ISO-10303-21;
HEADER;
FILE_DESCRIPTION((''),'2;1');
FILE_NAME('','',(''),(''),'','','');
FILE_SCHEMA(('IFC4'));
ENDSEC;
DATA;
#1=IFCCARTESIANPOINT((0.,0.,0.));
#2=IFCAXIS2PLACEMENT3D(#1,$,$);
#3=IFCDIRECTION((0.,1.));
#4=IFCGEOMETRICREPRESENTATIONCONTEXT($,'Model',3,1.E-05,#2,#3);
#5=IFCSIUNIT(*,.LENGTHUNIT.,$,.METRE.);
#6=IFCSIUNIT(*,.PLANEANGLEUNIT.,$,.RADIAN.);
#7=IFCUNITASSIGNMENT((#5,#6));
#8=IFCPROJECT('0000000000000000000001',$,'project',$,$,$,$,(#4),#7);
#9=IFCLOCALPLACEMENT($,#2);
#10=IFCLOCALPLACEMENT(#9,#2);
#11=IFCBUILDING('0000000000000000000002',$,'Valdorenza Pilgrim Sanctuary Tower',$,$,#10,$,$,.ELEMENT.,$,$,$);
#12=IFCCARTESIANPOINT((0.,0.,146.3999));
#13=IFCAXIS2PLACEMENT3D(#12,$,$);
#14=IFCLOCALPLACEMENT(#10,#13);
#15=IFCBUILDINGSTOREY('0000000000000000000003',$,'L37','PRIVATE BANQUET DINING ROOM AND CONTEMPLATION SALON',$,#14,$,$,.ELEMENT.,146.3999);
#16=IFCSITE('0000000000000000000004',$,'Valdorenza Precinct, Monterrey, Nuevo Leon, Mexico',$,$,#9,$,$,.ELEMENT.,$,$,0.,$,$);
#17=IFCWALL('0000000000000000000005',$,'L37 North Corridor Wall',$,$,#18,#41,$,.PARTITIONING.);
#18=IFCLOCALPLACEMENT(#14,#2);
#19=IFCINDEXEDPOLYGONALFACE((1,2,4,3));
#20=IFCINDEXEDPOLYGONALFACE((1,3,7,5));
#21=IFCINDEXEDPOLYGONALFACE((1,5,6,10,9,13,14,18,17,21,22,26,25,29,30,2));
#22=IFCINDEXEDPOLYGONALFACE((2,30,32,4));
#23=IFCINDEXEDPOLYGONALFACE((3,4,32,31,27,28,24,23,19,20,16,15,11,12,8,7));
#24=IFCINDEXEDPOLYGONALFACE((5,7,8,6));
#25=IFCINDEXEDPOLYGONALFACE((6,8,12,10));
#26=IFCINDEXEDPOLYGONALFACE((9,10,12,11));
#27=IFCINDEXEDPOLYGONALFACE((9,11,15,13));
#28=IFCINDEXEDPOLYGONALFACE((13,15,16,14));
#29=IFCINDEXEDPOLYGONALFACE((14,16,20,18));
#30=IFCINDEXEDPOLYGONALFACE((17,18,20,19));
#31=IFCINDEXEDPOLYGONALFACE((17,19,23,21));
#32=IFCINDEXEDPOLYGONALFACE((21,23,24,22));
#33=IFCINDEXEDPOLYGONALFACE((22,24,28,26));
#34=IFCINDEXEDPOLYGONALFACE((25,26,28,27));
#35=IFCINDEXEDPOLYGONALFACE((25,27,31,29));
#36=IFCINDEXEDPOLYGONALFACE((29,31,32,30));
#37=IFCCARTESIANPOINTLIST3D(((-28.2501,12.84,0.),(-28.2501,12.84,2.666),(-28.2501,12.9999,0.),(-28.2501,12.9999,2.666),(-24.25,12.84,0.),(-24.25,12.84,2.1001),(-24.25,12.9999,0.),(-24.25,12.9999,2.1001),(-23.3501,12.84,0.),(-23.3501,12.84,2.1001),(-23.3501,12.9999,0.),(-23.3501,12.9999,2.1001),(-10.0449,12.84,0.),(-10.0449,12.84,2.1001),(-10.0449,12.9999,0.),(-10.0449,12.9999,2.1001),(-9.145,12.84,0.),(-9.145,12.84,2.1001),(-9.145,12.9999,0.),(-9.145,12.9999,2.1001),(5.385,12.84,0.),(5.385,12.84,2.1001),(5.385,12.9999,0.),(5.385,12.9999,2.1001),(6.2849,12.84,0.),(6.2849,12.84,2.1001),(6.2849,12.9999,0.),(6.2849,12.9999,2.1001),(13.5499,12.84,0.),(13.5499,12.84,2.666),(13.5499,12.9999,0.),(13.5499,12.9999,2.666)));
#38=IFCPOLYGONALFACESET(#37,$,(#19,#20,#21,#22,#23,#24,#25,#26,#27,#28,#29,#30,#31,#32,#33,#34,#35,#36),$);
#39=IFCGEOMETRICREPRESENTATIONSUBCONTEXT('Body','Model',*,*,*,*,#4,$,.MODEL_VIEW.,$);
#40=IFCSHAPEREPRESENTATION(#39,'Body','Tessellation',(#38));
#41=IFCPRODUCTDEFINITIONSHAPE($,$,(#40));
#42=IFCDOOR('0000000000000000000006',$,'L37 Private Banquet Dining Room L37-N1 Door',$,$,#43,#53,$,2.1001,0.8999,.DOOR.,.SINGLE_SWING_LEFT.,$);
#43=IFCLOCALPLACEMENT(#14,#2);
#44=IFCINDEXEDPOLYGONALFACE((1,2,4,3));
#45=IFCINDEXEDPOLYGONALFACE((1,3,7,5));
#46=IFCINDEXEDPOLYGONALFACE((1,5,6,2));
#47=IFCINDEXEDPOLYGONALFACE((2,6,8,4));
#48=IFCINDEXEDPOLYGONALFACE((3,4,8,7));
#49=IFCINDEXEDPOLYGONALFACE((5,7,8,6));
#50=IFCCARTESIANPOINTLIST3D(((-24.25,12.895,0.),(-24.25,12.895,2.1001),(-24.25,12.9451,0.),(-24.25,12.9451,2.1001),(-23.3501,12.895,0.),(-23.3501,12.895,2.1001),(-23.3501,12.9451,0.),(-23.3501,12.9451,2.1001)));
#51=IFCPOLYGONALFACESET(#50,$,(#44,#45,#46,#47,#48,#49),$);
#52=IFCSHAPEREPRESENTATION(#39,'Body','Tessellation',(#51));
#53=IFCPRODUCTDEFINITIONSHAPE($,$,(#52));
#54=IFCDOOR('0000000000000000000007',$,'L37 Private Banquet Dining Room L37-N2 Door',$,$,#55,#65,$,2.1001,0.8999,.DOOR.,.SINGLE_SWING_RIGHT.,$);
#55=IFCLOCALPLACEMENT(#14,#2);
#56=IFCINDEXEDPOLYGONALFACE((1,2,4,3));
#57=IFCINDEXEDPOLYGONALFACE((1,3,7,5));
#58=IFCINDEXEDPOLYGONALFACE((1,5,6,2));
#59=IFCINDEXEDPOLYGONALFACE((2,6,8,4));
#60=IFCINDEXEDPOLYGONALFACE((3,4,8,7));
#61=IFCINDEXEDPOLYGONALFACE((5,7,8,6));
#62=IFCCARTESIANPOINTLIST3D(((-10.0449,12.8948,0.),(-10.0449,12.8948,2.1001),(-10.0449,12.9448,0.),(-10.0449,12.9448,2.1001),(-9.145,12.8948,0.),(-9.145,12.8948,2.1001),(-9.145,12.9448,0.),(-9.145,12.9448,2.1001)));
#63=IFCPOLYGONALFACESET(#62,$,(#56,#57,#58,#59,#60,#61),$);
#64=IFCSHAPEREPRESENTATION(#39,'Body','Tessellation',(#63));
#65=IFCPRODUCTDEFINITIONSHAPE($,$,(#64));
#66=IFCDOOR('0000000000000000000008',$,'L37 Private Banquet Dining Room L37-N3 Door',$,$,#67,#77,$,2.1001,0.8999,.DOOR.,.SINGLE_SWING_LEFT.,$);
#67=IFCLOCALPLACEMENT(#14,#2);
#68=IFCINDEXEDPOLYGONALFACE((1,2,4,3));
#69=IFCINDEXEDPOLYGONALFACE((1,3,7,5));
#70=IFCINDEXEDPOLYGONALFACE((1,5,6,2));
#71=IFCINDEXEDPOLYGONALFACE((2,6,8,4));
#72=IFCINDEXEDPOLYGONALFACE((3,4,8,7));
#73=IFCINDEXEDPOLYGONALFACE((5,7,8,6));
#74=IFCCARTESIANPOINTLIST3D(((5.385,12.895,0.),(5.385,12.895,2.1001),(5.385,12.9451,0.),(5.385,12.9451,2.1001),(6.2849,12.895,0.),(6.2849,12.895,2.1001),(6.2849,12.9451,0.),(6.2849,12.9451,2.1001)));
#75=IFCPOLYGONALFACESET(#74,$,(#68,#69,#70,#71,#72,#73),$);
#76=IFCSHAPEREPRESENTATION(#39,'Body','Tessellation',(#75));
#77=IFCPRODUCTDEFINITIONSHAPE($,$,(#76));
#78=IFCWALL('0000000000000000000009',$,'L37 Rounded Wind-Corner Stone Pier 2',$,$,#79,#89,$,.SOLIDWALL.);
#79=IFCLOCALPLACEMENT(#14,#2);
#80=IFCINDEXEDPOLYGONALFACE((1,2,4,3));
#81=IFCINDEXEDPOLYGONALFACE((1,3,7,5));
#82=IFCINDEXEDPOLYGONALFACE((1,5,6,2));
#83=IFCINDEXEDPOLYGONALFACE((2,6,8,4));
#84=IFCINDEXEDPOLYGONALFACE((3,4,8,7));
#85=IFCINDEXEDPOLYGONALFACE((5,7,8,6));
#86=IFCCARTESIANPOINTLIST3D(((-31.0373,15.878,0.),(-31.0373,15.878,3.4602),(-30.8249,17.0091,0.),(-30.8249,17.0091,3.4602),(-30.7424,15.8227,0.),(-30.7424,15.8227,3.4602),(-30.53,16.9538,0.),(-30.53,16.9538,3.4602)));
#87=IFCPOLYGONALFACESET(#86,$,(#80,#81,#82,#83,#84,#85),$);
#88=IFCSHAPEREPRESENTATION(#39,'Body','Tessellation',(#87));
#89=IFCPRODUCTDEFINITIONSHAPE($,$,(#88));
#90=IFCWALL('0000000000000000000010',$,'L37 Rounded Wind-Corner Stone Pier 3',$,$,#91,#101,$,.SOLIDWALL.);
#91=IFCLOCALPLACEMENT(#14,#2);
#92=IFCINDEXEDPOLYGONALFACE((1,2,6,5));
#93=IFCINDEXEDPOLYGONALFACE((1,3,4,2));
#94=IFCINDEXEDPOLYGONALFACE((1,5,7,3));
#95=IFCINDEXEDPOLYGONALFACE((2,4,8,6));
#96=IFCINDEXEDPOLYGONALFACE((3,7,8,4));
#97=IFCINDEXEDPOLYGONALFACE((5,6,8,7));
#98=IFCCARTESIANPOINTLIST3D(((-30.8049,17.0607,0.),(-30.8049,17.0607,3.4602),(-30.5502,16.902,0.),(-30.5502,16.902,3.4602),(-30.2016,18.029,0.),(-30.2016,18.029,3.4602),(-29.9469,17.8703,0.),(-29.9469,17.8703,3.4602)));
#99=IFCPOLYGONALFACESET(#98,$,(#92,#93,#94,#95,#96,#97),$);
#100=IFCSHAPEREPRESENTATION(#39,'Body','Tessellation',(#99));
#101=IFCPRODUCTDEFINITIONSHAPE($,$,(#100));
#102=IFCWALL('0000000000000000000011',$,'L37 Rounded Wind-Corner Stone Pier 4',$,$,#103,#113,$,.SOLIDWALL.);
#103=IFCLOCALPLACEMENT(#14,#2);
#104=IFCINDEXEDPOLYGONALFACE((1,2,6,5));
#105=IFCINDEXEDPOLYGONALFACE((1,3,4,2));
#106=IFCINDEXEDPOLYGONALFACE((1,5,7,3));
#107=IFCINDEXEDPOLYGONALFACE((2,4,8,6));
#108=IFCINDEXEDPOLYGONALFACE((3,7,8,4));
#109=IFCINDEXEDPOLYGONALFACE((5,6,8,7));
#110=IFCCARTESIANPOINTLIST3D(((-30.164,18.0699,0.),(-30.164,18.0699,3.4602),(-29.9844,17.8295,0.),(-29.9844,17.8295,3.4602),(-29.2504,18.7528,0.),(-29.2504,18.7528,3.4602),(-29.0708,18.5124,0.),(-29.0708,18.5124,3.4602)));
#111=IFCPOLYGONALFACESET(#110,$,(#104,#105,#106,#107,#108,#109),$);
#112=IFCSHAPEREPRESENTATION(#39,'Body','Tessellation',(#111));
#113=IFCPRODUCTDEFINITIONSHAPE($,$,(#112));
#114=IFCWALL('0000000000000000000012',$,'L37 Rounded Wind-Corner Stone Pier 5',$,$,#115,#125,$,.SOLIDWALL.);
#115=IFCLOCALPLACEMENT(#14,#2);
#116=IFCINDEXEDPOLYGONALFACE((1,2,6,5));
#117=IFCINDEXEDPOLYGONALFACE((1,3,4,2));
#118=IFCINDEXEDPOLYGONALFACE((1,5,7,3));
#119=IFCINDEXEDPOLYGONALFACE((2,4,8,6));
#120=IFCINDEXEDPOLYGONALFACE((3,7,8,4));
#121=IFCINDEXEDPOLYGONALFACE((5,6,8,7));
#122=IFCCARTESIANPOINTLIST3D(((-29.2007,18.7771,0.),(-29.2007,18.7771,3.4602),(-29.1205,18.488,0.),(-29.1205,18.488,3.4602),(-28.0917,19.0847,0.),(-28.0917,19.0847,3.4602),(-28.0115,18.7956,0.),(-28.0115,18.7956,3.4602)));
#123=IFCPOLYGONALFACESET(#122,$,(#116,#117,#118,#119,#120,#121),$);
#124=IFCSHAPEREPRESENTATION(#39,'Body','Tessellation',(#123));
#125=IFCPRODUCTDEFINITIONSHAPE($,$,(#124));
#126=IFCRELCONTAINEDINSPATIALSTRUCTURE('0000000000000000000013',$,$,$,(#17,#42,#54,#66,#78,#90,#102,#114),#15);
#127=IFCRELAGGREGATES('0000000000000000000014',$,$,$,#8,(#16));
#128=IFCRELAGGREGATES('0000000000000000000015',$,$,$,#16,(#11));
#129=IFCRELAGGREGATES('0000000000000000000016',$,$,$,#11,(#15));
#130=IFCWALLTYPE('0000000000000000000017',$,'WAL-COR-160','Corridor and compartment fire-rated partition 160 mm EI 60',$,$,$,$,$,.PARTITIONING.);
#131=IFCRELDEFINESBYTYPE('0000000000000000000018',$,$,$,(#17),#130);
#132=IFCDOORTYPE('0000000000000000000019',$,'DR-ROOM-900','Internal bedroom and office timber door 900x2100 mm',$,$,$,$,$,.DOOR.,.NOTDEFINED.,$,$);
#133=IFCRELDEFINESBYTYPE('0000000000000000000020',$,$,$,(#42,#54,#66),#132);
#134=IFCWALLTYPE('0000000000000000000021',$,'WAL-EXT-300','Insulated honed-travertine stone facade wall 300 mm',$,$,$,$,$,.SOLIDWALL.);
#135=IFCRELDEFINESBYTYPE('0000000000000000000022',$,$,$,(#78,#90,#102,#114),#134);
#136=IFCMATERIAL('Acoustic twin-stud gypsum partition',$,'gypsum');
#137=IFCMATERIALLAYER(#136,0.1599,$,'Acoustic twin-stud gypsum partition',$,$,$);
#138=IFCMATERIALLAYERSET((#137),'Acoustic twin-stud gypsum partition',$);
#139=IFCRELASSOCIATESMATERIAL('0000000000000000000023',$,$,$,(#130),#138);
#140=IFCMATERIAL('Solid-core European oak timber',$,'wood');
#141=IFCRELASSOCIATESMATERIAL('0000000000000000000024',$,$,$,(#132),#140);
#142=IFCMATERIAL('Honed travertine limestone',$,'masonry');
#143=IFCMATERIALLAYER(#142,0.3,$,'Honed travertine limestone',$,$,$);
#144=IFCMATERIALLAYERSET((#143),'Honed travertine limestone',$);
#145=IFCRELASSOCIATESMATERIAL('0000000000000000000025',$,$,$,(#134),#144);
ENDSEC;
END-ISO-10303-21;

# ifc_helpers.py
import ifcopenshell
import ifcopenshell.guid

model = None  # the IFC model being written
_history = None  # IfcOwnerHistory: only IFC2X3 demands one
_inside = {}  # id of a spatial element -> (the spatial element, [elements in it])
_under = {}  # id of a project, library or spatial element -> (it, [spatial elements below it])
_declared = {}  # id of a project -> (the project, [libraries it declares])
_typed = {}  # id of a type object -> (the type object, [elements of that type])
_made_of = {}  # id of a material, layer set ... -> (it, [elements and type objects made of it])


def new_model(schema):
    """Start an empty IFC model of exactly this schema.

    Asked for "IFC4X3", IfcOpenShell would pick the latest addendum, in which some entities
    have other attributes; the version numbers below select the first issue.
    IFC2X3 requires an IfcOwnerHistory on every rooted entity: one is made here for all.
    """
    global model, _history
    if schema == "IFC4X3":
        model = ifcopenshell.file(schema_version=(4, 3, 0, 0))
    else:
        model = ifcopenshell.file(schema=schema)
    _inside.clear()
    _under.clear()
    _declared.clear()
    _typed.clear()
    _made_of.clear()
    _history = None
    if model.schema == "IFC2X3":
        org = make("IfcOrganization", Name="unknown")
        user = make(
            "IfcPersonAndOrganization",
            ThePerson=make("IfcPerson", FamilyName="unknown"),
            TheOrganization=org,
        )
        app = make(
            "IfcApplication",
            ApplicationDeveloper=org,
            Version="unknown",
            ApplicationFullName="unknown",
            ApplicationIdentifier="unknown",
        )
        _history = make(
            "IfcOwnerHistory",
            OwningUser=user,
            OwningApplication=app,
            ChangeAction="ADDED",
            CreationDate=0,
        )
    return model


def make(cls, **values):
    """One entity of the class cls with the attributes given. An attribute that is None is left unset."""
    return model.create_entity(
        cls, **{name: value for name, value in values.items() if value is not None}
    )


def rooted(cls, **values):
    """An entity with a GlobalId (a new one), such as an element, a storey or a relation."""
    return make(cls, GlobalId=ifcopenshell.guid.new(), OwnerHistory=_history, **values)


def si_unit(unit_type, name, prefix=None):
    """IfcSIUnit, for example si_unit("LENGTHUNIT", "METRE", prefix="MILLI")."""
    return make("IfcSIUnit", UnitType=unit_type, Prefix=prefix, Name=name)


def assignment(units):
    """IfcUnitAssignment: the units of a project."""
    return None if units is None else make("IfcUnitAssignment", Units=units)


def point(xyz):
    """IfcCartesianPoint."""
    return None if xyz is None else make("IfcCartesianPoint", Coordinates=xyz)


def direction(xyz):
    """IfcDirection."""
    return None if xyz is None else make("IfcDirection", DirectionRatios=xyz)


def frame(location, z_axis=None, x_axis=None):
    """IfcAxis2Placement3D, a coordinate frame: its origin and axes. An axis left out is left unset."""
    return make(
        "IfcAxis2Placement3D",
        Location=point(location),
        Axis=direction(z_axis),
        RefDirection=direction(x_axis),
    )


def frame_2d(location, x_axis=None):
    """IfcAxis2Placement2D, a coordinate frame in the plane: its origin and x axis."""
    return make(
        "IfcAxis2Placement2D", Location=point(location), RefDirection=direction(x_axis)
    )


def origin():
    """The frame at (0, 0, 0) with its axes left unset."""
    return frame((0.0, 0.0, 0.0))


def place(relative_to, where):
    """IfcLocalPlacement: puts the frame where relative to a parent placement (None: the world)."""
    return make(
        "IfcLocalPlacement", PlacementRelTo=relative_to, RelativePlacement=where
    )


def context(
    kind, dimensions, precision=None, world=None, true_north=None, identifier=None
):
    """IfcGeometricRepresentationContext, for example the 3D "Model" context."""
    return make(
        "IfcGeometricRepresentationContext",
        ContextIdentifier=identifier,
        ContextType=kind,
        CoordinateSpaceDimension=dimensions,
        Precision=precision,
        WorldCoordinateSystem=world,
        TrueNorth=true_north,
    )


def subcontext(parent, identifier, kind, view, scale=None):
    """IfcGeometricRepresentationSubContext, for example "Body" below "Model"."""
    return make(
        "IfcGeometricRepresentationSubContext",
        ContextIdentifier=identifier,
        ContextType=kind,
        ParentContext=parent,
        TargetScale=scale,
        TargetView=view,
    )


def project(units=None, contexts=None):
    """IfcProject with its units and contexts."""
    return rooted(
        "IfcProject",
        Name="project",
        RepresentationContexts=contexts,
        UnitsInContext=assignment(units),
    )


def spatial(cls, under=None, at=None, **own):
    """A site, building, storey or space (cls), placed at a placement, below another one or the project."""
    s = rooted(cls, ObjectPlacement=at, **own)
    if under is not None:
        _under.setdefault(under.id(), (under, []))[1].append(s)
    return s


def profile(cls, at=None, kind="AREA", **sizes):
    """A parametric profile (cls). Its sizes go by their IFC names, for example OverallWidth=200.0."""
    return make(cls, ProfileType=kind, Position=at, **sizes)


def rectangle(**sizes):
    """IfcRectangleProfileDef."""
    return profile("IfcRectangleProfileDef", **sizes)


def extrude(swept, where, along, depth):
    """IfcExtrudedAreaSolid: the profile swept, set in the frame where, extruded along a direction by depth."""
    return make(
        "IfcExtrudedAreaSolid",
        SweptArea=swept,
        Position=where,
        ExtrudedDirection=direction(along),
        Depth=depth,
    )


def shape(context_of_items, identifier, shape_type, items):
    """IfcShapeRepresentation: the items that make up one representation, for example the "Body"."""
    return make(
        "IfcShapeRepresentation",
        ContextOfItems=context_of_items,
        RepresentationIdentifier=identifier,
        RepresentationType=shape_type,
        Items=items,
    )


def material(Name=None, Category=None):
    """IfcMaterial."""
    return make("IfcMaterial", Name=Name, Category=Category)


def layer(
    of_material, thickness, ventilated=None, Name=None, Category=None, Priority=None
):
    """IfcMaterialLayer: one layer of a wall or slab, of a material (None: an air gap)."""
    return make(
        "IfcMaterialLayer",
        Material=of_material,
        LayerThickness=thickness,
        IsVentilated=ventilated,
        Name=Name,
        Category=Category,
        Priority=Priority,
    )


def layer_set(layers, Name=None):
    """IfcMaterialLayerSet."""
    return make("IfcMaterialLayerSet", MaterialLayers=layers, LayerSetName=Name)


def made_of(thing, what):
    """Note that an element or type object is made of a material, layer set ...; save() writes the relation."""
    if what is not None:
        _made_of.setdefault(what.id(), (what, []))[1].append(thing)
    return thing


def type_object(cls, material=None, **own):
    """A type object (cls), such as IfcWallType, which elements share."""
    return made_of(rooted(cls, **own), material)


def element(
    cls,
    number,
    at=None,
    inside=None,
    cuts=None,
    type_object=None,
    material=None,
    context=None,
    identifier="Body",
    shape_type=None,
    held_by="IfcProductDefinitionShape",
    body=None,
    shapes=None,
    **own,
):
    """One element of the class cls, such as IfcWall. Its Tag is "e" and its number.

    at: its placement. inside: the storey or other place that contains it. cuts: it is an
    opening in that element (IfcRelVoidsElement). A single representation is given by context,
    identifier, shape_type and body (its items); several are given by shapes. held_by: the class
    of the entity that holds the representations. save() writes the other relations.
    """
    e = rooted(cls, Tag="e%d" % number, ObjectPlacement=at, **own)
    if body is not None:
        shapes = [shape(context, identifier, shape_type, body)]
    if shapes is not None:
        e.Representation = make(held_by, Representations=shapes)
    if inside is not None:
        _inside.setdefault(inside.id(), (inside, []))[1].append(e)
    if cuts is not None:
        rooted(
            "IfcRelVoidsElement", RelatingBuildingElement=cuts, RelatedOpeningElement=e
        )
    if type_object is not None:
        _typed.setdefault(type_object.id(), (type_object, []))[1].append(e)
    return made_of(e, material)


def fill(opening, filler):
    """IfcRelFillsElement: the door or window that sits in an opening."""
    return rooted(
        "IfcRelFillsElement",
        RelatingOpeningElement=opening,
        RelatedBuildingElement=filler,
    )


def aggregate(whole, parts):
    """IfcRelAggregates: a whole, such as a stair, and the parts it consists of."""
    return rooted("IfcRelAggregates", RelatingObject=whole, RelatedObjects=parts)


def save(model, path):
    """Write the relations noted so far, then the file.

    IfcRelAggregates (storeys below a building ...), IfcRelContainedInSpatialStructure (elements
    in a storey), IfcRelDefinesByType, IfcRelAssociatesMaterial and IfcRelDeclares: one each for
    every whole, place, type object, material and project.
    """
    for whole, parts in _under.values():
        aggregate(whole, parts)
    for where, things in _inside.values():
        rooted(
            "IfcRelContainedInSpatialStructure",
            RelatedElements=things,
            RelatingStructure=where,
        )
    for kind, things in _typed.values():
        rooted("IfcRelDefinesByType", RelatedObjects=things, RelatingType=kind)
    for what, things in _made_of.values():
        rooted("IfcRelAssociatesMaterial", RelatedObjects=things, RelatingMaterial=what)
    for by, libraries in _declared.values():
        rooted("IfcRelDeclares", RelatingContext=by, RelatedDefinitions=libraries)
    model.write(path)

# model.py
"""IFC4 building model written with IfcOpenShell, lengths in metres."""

from ifc_helpers import new_model, si_unit, direction, frame, frame_2d, origin, place, context, subcontext, project, spatial, rectangle, extrude, material, layer, layer_set, type_object, element, fill, save


model = new_model("IFC4")

# Units and contexts
model_context = context("Model", 3, precision=1e-05, world=origin(), true_north=direction((0.0, 1.0)))
body_context = subcontext(model_context, "Body", "Model", "MODEL_VIEW")
ifc_project = project(units=[si_unit("LENGTHUNIT", "METRE"), si_unit("PLANEANGLEUNIT", "RADIAN")], contexts=[model_context])

# Site, building, storey
site_placement = place(None, origin())
site = spatial("IfcSite", under=ifc_project, at=site_placement, Name="Valdorenza Precinct, Monterrey, Nuevo Leon, Mexico", CompositionType="ELEMENT", RefElevation=0.0)
building_placement = place(site_placement, origin())
building = spatial("IfcBuilding", under=site, at=building_placement, Name="Valdorenza Pilgrim Sanctuary Tower", CompositionType="ELEMENT")
storey_placement = place(building_placement, frame((0.0, 0.0, 146.3999)))
storey = spatial("IfcBuildingStorey", under=building, at=storey_placement, Name="L37", Description="PRIVATE BANQUET DINING ROOM AND CONTEMPLATION SALON", CompositionType="ELEMENT", Elevation=146.3999)

# Shared definitions
ifc_material_1 = material(Name="Honed travertine limestone", Category="masonry")

# Shared definitions
ifc_material_2 = material(Name="Acoustic twin-stud gypsum partition", Category="gypsum")
ifc_layer_1 = layer(ifc_material_2, 0.1599, Name="Acoustic twin-stud gypsum partition")
ifc_layer_set_1 = layer_set([ifc_layer_1], Name="Acoustic twin-stud gypsum partition")
wall_type_1 = type_object("IfcWallType", Name="WAL-COR-160", Description="Corridor and compartment fire-rated partition 160 mm EI 60", PredefinedType="PARTITIONING", material=ifc_layer_set_1)

# Wall, openings, doors
wall_1_placement = place(storey_placement, frame((-28.25, 12.9199, 0.0), z_axis=(0.0, 0.0, 1.0), x_axis=(1.0, 0.0, 0.0)))
wall_1 = element("IfcWall", 1, at=wall_1_placement, inside=storey, type_object=wall_type_1, Name="L37 North Corridor Wall", PredefinedType="PARTITIONING", context=body_context, shape_type="SweptSolid", body=[
    extrude(rectangle(XDim=41.8, YDim=0.1599, at=frame_2d((20.8999, 0.0))), origin(), (0.0, 0.0, 1.0), 2.666),
])
opening_1_placement = place(wall_1_placement, frame((4.0, 0.0, 0.0)))
opening_1 = element("IfcOpeningElement", 2, at=opening_1_placement, cuts=wall_1, PredefinedType="OPENING", context=body_context, shape_type="SweptSolid", body=[
    extrude(rectangle(XDim=0.8999, YDim=2.1001, at=frame_2d((0.45, 1.05))), frame((0.0, 0.0947, 0.0), z_axis=(0.0, -1.0, 0.0), x_axis=(1.0, 0.0, 0.0)), (0.0, 0.0, 1.0), 0.1897),
])
opening_2_placement = place(wall_1_placement, frame((18.2051, 0.0, 0.0)))
opening_2 = element("IfcOpeningElement", 3, at=opening_2_placement, cuts=wall_1, PredefinedType="OPENING", context=body_context, shape_type="SweptSolid", body=[
    extrude(rectangle(XDim=0.8999, YDim=2.1001, at=frame_2d((0.45, 1.05))), frame((0.0, 0.0947, 0.0), z_axis=(0.0, -1.0, 0.0), x_axis=(1.0, 0.0, 0.0)), (0.0, 0.0, 1.0), 0.1897),
])
opening_3_placement = place(wall_1_placement, frame((33.635, 0.0, 0.0)))
opening_3 = element("IfcOpeningElement", 4, at=opening_3_placement, cuts=wall_1, PredefinedType="OPENING", context=body_context, shape_type="SweptSolid", body=[
    extrude(rectangle(XDim=0.8999, YDim=2.1001, at=frame_2d((0.45, 1.05))), frame((0.0, 0.0947, 0.0), z_axis=(0.0, -1.0, 0.0), x_axis=(1.0, 0.0, 0.0)), (0.0, 0.0, 1.0), 0.1897),
])
ifc_material_3 = material(Name="Solid-core European oak timber", Category="wood")
door_type = type_object("IfcDoorType", Name="DR-ROOM-900", Description="Internal bedroom and office timber door 900x2100 mm", OperationType="NOTDEFINED", PredefinedType="DOOR", material=ifc_material_3)
door_1_placement = place(opening_1_placement, frame((0.8999, 0.0, 0.0), z_axis=(0.0, 0.0, 1.0), x_axis=(-1.0, 0.0, 0.0)))
door_1 = element("IfcDoor", 5, at=door_1_placement, inside=storey, type_object=door_type, Name="L37 Private Banquet Dining Room L37-N1 Door", OperationType="SINGLE_SWING_LEFT", OverallHeight=2.1001, OverallWidth=0.8999, PredefinedType="DOOR", context=body_context, shape_type="SweptSolid", body=[
    extrude(rectangle(XDim=0.8999, YDim=2.1001, at=frame_2d((0.45, 1.05))), frame((0.0, 0.0249, 0.0), z_axis=(0.0, -1.0, 0.0), x_axis=(1.0, 0.0, 0.0)), (0.0, 0.0, 1.0), 0.05),
])
fill(opening_1, door_1)
door_2_placement = place(opening_2_placement, origin())
door_2 = element("IfcDoor", 6, at=door_2_placement, inside=storey, type_object=door_type, Name="L37 Private Banquet Dining Room L37-N2 Door", OperationType="SINGLE_SWING_RIGHT", OverallHeight=2.1001, OverallWidth=0.8999, PredefinedType="DOOR", context=body_context, shape_type="SweptSolid", body=[
    extrude(rectangle(XDim=0.8999, YDim=2.1001, at=frame_2d((0.45, 1.05))), frame((0.0, 0.0249, 0.0), z_axis=(0.0, -1.0, 0.0), x_axis=(1.0, 0.0, 0.0)), (0.0, 0.0, 1.0), 0.05),
])
fill(opening_2, door_2)
door_3_placement = place(opening_3_placement, frame((0.8999, 0.0, 0.0), z_axis=(0.0, 0.0, 1.0), x_axis=(-1.0, 0.0, 0.0)))
door_3 = element("IfcDoor", 7, at=door_3_placement, inside=storey, type_object=door_type, Name="L37 Private Banquet Dining Room L37-N3 Door", OperationType="SINGLE_SWING_LEFT", OverallHeight=2.1001, OverallWidth=0.8999, PredefinedType="DOOR", context=body_context, shape_type="SweptSolid", body=[
    extrude(rectangle(XDim=0.8999, YDim=2.1001, at=frame_2d((0.45, 1.05))), frame((0.0, 0.0249, 0.0), z_axis=(0.0, -1.0, 0.0), x_axis=(1.0, 0.0, 0.0)), (0.0, 0.0, 1.0), 0.05),
])
fill(opening_3, door_3)

# Walls
ifc_layer_2 = layer(ifc_material_1, 0.3, Name="Honed travertine limestone")
ifc_layer_set_2 = layer_set([ifc_layer_2], Name="Honed travertine limestone")
wall_type_2 = type_object("IfcWallType", Name="WAL-EXT-300", Description="Insulated honed-travertine stone facade wall 300 mm", PredefinedType="SOLIDWALL", material=ifc_layer_set_2)
wall_2_placement = place(storey_placement, frame((-30.8899, 15.8503, 0.0), z_axis=(0.0, 0.0, 1.0), x_axis=(0.184557, 0.982822, 0.0)))
element("IfcWall", 8, at=wall_2_placement, inside=storey, type_object=wall_type_2, Name="L37 Rounded Wind-Corner Stone Pier 2", PredefinedType="SOLIDWALL", context=body_context, shape_type="SweptSolid", body=[
    extrude(rectangle(XDim=1.1509, YDim=0.3, at=frame_2d((0.5754, 0.0))), origin(), (0.0, 0.0, 1.0), 3.4602),
])
wall_3_placement = place(storey_placement, frame((-30.6775, 16.9814, 0.0), z_axis=(0.0, 0.0, 1.0), x_axis=(0.528806, 0.848743, 0.0)))
element("IfcWall", 9, at=wall_3_placement, inside=storey, type_object=wall_type_2, Name="L37 Rounded Wind-Corner Stone Pier 3", PredefinedType="SOLIDWALL", context=body_context, shape_type="SweptSolid", body=[
    extrude(rectangle(XDim=1.1409, YDim=0.3, at=frame_2d((0.5703, 0.0))), origin(), (0.0, 0.0, 1.0), 3.4602),
])
wall_4_placement = place(storey_placement, frame((-30.0742, 17.9497, 0.0), z_axis=(0.0, 0.0, 1.0), x_axis=(0.800975, 0.598698, 0.0)))
element("IfcWall", 10, at=wall_4_placement, inside=storey, type_object=wall_type_2, Name="L37 Rounded Wind-Corner Stone Pier 4", PredefinedType="SOLIDWALL", context=body_context, shape_type="SweptSolid", body=[
    extrude(rectangle(XDim=1.1406, YDim=0.3, at=frame_2d((0.5703, 0.0))), origin(), (0.0, 0.0, 1.0), 3.4602),
])
wall_5_placement = place(storey_placement, frame((-29.1606, 18.6326, 0.0), z_axis=(0.0, 0.0, 1.0), x_axis=(0.963624, 0.267261, 0.0)))
element("IfcWall", 11, at=wall_5_placement, inside=storey, type_object=wall_type_2, Name="L37 Rounded Wind-Corner Stone Pier 5", PredefinedType="SOLIDWALL", context=body_context, shape_type="SweptSolid", body=[
    extrude(rectangle(XDim=1.1509, YDim=0.3, at=frame_2d((0.5754, 0.0))), origin(), (0.0, 0.0, 1.0), 3.4602),
])

save(model, "model.ifc")
